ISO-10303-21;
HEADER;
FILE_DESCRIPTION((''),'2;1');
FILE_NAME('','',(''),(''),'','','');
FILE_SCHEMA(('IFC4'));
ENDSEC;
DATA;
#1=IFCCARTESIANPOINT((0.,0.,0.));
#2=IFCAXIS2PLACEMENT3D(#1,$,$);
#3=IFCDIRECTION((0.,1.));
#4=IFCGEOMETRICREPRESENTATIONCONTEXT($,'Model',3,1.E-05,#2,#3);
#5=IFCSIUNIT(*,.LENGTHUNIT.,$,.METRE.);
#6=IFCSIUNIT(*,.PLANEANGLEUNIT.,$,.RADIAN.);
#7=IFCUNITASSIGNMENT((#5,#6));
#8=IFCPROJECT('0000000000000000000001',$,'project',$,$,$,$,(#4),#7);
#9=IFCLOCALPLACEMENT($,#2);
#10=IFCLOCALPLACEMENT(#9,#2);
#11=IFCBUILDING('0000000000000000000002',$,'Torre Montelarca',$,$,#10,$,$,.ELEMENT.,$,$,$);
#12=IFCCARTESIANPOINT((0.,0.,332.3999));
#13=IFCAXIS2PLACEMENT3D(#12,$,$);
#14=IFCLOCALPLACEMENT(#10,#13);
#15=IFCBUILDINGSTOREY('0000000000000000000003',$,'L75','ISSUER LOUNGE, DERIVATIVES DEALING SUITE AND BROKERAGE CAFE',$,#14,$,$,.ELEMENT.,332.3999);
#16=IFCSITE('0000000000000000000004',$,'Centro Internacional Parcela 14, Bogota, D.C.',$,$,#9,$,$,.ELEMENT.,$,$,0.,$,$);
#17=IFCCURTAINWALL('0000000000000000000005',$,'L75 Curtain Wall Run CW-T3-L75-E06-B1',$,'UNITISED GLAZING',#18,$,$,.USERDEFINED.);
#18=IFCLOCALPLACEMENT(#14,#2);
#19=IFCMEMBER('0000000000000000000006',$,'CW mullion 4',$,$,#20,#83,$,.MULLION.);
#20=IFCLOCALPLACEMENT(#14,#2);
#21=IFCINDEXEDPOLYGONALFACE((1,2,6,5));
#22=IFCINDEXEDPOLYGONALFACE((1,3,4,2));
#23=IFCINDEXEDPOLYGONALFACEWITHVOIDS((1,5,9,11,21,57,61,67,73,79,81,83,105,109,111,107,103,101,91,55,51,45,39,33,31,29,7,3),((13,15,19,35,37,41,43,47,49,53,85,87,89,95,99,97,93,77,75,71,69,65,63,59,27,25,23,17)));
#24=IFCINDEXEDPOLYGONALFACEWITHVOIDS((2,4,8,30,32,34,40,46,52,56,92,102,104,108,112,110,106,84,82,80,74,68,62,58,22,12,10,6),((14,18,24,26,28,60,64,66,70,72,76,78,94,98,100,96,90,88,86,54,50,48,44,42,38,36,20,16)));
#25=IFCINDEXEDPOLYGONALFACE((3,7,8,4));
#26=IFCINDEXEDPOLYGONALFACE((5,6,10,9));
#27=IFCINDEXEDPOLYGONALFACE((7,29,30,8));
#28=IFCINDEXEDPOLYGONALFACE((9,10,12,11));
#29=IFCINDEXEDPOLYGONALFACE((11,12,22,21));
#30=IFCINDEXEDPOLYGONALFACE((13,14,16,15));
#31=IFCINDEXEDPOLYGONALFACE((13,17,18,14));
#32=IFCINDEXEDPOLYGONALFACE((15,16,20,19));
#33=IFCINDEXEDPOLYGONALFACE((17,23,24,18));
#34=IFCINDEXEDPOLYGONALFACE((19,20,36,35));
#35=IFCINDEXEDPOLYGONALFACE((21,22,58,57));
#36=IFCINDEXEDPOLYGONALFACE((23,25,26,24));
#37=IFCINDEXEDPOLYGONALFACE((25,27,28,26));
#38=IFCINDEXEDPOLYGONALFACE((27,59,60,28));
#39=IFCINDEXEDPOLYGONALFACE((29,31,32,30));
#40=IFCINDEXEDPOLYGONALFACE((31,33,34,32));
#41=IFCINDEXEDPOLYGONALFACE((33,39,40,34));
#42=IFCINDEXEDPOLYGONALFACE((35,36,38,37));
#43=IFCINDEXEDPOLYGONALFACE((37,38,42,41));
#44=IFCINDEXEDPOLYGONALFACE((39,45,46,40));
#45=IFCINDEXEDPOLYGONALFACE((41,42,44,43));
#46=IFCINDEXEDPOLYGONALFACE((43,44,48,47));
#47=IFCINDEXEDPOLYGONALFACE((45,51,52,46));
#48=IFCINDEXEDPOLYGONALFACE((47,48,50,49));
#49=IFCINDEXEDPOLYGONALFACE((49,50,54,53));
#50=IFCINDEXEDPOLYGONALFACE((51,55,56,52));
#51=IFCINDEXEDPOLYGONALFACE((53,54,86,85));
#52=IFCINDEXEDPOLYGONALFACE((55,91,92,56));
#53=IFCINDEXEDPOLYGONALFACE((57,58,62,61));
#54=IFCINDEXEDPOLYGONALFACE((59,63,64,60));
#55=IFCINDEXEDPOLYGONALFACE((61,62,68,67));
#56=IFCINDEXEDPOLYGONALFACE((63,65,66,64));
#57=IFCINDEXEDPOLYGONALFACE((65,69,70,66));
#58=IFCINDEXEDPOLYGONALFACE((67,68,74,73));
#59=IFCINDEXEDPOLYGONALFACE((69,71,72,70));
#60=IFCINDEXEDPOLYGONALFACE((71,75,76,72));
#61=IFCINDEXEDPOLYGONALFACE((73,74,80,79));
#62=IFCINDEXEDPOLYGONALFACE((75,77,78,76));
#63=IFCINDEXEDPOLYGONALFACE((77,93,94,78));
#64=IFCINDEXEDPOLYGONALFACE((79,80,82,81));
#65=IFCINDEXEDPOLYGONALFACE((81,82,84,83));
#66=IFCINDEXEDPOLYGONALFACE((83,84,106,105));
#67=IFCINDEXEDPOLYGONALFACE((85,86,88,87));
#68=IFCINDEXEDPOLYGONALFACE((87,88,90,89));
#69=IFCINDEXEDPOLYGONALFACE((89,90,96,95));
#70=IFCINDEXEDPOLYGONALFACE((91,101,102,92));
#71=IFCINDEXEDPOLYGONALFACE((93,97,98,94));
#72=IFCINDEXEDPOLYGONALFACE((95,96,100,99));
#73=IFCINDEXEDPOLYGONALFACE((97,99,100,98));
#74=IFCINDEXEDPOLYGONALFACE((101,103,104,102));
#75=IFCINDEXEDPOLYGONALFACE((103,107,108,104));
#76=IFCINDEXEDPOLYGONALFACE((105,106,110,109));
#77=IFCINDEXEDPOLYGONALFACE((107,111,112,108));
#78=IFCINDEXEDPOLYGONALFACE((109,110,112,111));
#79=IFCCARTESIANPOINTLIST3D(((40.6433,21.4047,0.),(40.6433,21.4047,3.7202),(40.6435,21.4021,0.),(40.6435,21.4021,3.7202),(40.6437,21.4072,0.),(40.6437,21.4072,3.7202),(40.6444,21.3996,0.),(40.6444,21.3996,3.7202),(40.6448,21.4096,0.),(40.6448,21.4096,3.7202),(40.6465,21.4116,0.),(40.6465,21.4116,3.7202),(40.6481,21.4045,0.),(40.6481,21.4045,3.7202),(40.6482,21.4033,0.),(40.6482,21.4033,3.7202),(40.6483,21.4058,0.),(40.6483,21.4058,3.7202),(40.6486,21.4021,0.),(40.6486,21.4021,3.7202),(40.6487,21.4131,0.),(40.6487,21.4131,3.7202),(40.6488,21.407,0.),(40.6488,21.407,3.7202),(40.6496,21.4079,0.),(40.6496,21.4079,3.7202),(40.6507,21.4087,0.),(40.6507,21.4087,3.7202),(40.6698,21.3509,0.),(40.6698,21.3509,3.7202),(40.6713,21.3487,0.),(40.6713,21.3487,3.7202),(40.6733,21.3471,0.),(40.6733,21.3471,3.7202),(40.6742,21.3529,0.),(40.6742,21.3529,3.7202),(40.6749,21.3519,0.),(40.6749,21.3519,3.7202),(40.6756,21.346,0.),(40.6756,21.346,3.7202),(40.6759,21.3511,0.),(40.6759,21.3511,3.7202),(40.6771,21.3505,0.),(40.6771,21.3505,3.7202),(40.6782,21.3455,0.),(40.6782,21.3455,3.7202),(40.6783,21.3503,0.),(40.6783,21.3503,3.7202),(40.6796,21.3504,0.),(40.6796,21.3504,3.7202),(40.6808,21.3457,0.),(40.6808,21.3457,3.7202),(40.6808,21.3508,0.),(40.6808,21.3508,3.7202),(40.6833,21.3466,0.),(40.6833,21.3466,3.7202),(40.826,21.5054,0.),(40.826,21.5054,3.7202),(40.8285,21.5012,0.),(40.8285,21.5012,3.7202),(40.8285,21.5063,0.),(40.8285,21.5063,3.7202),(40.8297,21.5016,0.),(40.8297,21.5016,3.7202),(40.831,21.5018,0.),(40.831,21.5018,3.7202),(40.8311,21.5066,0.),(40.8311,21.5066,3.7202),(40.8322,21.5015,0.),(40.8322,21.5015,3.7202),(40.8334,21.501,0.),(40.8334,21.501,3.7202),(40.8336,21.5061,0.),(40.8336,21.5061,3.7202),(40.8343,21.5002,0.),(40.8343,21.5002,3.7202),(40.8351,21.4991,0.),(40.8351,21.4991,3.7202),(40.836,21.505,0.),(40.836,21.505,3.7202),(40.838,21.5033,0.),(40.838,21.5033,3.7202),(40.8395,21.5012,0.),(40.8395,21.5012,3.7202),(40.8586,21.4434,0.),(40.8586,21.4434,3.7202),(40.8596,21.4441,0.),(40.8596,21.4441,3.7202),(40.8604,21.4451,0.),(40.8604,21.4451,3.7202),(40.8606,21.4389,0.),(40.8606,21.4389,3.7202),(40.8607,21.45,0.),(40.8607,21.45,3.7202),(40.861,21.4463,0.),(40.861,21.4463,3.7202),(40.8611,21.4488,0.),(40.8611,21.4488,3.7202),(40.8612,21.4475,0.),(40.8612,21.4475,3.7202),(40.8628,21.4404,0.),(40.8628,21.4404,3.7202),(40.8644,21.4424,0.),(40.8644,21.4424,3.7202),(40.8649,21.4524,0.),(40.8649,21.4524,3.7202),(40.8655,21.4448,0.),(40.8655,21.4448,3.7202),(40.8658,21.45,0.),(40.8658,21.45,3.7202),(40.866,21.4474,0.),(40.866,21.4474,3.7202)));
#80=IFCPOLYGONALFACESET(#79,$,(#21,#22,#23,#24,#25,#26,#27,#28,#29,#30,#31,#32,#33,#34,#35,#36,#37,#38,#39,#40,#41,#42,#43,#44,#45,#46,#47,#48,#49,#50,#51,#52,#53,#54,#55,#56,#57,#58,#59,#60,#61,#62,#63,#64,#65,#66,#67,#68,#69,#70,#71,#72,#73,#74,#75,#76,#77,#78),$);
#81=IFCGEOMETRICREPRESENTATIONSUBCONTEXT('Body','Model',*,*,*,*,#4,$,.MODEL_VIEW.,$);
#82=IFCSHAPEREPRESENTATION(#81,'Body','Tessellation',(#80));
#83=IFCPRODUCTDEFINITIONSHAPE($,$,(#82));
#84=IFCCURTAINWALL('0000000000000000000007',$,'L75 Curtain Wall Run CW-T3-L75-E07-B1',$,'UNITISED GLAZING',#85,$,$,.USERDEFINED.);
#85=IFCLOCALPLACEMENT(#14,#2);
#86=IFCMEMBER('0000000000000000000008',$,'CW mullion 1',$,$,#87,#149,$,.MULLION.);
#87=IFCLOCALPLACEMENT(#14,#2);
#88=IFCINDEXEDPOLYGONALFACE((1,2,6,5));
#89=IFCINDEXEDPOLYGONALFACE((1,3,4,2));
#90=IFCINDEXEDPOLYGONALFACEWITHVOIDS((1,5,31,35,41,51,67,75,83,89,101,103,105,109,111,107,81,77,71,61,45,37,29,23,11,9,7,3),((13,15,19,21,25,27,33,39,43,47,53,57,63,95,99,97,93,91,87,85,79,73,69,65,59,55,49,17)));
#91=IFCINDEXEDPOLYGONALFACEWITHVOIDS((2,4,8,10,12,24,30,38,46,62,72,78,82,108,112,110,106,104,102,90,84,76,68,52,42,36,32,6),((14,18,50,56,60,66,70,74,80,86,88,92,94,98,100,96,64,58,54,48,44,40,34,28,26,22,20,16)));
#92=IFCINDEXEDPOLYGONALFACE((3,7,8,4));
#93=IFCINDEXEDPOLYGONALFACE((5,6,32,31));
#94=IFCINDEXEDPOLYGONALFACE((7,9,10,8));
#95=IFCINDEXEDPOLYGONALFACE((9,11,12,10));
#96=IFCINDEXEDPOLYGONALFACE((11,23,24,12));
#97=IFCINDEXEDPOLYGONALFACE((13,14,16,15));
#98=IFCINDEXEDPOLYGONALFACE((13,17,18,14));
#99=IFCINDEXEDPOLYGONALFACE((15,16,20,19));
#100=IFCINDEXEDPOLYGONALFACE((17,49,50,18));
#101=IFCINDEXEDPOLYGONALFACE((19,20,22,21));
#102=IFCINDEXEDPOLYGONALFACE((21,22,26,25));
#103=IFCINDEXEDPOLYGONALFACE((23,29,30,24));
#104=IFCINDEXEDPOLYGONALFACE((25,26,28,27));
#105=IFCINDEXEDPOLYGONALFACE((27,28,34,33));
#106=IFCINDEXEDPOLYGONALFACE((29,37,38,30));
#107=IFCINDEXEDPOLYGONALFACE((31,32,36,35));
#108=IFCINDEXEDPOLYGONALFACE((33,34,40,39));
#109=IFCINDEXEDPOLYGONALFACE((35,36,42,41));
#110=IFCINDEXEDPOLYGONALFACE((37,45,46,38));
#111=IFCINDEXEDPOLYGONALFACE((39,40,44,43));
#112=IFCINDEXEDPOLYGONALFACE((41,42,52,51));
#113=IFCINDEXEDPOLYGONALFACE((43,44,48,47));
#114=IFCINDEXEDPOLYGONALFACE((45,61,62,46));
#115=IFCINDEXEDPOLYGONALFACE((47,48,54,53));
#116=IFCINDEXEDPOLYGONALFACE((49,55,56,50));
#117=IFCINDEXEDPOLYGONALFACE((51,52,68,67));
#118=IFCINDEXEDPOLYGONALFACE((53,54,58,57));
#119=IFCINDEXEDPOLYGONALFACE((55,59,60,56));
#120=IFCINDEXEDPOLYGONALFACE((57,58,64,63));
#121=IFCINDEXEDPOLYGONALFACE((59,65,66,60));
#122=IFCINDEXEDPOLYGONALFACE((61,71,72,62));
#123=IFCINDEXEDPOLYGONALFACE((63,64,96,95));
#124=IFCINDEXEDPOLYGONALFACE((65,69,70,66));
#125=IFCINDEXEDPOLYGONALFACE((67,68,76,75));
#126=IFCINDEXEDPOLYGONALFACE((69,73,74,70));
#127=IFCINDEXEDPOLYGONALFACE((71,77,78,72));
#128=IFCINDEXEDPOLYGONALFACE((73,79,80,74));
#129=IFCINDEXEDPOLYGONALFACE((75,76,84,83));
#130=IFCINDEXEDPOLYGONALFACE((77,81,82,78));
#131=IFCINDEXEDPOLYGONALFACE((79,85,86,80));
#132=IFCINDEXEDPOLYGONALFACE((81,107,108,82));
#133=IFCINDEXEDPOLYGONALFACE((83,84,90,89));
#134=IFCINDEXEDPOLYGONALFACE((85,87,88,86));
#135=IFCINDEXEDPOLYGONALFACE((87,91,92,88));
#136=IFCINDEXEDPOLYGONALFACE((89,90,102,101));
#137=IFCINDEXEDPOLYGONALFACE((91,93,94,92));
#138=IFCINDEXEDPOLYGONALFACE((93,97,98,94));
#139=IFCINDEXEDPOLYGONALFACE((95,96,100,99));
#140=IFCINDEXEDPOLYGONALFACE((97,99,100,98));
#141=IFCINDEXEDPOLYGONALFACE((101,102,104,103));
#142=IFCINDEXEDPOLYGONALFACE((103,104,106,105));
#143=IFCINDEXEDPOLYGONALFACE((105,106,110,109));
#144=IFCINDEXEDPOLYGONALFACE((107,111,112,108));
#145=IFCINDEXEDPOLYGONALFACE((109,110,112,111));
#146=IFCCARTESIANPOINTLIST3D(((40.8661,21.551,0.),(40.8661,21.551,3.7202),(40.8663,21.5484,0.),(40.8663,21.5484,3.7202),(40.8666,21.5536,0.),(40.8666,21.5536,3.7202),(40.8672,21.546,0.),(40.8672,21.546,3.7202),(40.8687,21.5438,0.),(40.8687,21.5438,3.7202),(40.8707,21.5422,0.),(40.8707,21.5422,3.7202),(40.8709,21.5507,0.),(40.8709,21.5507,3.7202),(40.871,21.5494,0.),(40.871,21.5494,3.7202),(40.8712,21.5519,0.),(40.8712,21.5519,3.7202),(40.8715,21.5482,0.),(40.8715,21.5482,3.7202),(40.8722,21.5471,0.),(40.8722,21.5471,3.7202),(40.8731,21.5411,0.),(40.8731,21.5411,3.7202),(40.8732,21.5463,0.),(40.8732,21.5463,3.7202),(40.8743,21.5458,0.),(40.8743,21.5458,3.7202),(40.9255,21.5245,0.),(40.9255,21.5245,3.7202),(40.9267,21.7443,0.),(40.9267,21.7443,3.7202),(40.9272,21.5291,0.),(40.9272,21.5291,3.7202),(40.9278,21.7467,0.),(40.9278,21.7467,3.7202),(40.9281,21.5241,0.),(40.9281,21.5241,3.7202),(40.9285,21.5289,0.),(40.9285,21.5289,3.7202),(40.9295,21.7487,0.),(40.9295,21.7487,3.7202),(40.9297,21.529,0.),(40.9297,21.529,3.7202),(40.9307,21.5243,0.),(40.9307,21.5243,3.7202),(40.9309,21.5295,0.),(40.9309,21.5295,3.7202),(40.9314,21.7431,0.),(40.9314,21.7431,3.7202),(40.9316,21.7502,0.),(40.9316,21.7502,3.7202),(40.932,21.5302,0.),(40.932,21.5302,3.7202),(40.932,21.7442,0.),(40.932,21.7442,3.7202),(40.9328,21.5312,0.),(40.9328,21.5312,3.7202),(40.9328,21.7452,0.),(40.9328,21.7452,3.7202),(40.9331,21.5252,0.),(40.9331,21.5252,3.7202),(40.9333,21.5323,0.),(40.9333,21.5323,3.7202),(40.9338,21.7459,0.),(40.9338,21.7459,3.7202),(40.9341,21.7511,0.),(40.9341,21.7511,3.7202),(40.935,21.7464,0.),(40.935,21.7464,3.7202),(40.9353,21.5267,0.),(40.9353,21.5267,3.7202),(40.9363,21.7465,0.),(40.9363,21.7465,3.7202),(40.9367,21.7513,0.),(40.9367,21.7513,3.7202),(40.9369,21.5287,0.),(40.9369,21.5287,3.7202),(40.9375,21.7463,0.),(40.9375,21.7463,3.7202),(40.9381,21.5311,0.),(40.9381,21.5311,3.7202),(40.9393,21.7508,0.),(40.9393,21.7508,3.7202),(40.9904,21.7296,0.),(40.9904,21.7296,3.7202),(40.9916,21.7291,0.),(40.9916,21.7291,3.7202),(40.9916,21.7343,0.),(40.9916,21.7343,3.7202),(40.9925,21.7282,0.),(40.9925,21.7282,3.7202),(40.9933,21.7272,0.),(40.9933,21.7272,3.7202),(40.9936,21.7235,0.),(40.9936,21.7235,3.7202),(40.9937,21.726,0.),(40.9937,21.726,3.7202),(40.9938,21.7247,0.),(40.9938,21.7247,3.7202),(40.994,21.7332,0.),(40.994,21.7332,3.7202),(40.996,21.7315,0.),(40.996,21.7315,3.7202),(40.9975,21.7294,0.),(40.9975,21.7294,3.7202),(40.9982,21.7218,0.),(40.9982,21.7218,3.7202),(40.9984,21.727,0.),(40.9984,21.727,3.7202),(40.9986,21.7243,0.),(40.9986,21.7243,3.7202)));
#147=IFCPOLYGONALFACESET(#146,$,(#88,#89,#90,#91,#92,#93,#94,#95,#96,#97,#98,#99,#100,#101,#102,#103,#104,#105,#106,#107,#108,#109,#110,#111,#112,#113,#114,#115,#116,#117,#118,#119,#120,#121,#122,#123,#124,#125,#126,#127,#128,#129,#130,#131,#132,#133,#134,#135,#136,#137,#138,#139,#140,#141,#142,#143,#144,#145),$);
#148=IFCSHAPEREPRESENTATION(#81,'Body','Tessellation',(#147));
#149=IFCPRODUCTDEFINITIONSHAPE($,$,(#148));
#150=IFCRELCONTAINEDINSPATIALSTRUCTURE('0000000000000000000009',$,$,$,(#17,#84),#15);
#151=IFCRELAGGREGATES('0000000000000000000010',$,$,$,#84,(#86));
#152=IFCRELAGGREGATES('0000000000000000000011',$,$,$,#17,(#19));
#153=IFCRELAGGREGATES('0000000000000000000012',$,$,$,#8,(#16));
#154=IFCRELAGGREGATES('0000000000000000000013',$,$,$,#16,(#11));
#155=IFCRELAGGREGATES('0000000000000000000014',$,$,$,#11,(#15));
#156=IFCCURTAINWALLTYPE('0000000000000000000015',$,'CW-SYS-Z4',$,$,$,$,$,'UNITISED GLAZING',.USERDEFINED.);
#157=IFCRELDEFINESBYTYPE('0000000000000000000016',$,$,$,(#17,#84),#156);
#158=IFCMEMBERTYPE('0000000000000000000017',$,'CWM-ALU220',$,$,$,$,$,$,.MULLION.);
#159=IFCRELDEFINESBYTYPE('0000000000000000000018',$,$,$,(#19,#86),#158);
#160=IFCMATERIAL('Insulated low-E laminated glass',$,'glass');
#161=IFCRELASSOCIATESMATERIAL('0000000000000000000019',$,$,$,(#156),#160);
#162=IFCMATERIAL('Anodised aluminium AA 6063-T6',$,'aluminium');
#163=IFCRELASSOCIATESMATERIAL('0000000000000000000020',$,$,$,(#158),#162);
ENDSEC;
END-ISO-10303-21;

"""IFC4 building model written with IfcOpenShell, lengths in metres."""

from ifc_helpers import new_model, si_unit, direction, frame, origin, origin_2d, place, context, subcontext, project, spatial, hollow_rectangle, extrude, source, transform, mapped, material, material_profile, profile_set, type_object, element, aggregate, save


model = new_model("IFC4")

# Units and contexts
model_context = context("Model", 3, precision=1e-05, world=origin(), true_north=direction((0.0, 1.0)))
body_context = subcontext(model_context, "Body", "Model", "MODEL_VIEW")
ifc_project = project(units=[si_unit("LENGTHUNIT", "METRE"), si_unit("PLANEANGLEUNIT", "RADIAN")], contexts=[model_context])

# Site, building, storey
site_placement = place(None, origin())
site = spatial("IfcSite", under=ifc_project, at=site_placement, Name="Centro Internacional Parcela 14, Bogota, D.C.", CompositionType="ELEMENT", RefElevation=0.0)
building_placement = place(site_placement, origin())
building = spatial("IfcBuilding", under=site, at=building_placement, Name="Torre Montelarca", CompositionType="ELEMENT")
storey_placement = place(building_placement, frame((0.0, 0.0, 332.3999)))
storey = spatial("IfcBuildingStorey", under=building, at=storey_placement, Name="L75", Description="ISSUER LOUNGE, DERIVATIVES DEALING SUITE AND BROKERAGE CAFE", CompositionType="ELEMENT", Elevation=332.3999)

# Curtain walls, members
ifc_material_1 = material(Name="Insulated low-E laminated glass", Category="glass")
curtain_wall_type = type_object("IfcCurtainWallType", Name="CW-SYS-Z4", ElementType="UNITISED GLAZING", PredefinedType="USERDEFINED", material=ifc_material_1)
curtain_wall_1_placement = place(storey_placement, origin())
curtain_wall_1 = element("IfcCurtainWall", 1, at=curtain_wall_1_placement, inside=storey, type_object=curtain_wall_type, Name="L75 Curtain Wall Run CW-T3-L75-E06-B1", ObjectType="UNITISED GLAZING", PredefinedType="USERDEFINED")
ifc_material_2 = material(Name="Anodised aluminium AA 6063-T6", Category="aluminium")
ifc_material_profile_1 = material_profile(ifc_material_2, hollow_rectangle(XDim=0.075, YDim=0.22, WallThickness=0.0049, InnerFilletRadius=0.0049, OuterFilletRadius=0.01, at=origin_2d()), Name="ALU75X220X5", Category="aluminium")
ifc_profile_set_1 = profile_set([ifc_material_profile_1], Name="Anodised aluminium AA 6063-T6")
member_type_1 = type_object("IfcMemberType", Name="CWM-ALU220", PredefinedType="MULLION", material=ifc_profile_set_1)
shared_shape_1 = source(origin(), body_context, "Body", "SweptSolid", [
    extrude(hollow_rectangle(XDim=0.075, YDim=0.22, WallThickness=0.0049, InnerFilletRadius=0.0049, OuterFilletRadius=0.01, at=origin_2d()), origin(), (0.0, 0.0, 1.0), 3.7202),
])
member_1_placement = place(storey_placement, frame((40.7546, 21.426, 0.0), z_axis=(0.0, 0.0, 1.0), x_axis=(-0.461746, 0.887012, 0.0)))
member_1 = element("IfcMember", 2, at=member_1_placement, type_object=member_type_1, Name="CW mullion 4", PredefinedType="MULLION", context=body_context, shape_type="MappedRepresentation", body=[
    mapped(shared_shape_1, transform((0.0, 0.0, 0.0), scale=1.0)),
])
curtain_wall_2_placement = place(storey_placement, origin())
curtain_wall_2 = element("IfcCurtainWall", 3, at=curtain_wall_2_placement, inside=storey, type_object=curtain_wall_type, Name="L75 Curtain Wall Run CW-T3-L75-E07-B1", ObjectType="UNITISED GLAZING", PredefinedType="USERDEFINED")
member_2_placement = place(storey_placement, frame((40.9324, 21.6377, 0.0), z_axis=(0.0, 0.0, 1.0), x_axis=(-0.953721, 0.300693, 0.0)))
member_2 = element("IfcMember", 4, at=member_2_placement, type_object=member_type_1, Name="CW mullion 1", PredefinedType="MULLION", context=body_context, shape_type="MappedRepresentation", body=[
    mapped(shared_shape_1, transform((0.0, 0.0, 0.0), scale=1.0)),
])

aggregate(curtain_wall_2, [member_2])
aggregate(curtain_wall_1, [member_1])

save(model, "model.ifc")
